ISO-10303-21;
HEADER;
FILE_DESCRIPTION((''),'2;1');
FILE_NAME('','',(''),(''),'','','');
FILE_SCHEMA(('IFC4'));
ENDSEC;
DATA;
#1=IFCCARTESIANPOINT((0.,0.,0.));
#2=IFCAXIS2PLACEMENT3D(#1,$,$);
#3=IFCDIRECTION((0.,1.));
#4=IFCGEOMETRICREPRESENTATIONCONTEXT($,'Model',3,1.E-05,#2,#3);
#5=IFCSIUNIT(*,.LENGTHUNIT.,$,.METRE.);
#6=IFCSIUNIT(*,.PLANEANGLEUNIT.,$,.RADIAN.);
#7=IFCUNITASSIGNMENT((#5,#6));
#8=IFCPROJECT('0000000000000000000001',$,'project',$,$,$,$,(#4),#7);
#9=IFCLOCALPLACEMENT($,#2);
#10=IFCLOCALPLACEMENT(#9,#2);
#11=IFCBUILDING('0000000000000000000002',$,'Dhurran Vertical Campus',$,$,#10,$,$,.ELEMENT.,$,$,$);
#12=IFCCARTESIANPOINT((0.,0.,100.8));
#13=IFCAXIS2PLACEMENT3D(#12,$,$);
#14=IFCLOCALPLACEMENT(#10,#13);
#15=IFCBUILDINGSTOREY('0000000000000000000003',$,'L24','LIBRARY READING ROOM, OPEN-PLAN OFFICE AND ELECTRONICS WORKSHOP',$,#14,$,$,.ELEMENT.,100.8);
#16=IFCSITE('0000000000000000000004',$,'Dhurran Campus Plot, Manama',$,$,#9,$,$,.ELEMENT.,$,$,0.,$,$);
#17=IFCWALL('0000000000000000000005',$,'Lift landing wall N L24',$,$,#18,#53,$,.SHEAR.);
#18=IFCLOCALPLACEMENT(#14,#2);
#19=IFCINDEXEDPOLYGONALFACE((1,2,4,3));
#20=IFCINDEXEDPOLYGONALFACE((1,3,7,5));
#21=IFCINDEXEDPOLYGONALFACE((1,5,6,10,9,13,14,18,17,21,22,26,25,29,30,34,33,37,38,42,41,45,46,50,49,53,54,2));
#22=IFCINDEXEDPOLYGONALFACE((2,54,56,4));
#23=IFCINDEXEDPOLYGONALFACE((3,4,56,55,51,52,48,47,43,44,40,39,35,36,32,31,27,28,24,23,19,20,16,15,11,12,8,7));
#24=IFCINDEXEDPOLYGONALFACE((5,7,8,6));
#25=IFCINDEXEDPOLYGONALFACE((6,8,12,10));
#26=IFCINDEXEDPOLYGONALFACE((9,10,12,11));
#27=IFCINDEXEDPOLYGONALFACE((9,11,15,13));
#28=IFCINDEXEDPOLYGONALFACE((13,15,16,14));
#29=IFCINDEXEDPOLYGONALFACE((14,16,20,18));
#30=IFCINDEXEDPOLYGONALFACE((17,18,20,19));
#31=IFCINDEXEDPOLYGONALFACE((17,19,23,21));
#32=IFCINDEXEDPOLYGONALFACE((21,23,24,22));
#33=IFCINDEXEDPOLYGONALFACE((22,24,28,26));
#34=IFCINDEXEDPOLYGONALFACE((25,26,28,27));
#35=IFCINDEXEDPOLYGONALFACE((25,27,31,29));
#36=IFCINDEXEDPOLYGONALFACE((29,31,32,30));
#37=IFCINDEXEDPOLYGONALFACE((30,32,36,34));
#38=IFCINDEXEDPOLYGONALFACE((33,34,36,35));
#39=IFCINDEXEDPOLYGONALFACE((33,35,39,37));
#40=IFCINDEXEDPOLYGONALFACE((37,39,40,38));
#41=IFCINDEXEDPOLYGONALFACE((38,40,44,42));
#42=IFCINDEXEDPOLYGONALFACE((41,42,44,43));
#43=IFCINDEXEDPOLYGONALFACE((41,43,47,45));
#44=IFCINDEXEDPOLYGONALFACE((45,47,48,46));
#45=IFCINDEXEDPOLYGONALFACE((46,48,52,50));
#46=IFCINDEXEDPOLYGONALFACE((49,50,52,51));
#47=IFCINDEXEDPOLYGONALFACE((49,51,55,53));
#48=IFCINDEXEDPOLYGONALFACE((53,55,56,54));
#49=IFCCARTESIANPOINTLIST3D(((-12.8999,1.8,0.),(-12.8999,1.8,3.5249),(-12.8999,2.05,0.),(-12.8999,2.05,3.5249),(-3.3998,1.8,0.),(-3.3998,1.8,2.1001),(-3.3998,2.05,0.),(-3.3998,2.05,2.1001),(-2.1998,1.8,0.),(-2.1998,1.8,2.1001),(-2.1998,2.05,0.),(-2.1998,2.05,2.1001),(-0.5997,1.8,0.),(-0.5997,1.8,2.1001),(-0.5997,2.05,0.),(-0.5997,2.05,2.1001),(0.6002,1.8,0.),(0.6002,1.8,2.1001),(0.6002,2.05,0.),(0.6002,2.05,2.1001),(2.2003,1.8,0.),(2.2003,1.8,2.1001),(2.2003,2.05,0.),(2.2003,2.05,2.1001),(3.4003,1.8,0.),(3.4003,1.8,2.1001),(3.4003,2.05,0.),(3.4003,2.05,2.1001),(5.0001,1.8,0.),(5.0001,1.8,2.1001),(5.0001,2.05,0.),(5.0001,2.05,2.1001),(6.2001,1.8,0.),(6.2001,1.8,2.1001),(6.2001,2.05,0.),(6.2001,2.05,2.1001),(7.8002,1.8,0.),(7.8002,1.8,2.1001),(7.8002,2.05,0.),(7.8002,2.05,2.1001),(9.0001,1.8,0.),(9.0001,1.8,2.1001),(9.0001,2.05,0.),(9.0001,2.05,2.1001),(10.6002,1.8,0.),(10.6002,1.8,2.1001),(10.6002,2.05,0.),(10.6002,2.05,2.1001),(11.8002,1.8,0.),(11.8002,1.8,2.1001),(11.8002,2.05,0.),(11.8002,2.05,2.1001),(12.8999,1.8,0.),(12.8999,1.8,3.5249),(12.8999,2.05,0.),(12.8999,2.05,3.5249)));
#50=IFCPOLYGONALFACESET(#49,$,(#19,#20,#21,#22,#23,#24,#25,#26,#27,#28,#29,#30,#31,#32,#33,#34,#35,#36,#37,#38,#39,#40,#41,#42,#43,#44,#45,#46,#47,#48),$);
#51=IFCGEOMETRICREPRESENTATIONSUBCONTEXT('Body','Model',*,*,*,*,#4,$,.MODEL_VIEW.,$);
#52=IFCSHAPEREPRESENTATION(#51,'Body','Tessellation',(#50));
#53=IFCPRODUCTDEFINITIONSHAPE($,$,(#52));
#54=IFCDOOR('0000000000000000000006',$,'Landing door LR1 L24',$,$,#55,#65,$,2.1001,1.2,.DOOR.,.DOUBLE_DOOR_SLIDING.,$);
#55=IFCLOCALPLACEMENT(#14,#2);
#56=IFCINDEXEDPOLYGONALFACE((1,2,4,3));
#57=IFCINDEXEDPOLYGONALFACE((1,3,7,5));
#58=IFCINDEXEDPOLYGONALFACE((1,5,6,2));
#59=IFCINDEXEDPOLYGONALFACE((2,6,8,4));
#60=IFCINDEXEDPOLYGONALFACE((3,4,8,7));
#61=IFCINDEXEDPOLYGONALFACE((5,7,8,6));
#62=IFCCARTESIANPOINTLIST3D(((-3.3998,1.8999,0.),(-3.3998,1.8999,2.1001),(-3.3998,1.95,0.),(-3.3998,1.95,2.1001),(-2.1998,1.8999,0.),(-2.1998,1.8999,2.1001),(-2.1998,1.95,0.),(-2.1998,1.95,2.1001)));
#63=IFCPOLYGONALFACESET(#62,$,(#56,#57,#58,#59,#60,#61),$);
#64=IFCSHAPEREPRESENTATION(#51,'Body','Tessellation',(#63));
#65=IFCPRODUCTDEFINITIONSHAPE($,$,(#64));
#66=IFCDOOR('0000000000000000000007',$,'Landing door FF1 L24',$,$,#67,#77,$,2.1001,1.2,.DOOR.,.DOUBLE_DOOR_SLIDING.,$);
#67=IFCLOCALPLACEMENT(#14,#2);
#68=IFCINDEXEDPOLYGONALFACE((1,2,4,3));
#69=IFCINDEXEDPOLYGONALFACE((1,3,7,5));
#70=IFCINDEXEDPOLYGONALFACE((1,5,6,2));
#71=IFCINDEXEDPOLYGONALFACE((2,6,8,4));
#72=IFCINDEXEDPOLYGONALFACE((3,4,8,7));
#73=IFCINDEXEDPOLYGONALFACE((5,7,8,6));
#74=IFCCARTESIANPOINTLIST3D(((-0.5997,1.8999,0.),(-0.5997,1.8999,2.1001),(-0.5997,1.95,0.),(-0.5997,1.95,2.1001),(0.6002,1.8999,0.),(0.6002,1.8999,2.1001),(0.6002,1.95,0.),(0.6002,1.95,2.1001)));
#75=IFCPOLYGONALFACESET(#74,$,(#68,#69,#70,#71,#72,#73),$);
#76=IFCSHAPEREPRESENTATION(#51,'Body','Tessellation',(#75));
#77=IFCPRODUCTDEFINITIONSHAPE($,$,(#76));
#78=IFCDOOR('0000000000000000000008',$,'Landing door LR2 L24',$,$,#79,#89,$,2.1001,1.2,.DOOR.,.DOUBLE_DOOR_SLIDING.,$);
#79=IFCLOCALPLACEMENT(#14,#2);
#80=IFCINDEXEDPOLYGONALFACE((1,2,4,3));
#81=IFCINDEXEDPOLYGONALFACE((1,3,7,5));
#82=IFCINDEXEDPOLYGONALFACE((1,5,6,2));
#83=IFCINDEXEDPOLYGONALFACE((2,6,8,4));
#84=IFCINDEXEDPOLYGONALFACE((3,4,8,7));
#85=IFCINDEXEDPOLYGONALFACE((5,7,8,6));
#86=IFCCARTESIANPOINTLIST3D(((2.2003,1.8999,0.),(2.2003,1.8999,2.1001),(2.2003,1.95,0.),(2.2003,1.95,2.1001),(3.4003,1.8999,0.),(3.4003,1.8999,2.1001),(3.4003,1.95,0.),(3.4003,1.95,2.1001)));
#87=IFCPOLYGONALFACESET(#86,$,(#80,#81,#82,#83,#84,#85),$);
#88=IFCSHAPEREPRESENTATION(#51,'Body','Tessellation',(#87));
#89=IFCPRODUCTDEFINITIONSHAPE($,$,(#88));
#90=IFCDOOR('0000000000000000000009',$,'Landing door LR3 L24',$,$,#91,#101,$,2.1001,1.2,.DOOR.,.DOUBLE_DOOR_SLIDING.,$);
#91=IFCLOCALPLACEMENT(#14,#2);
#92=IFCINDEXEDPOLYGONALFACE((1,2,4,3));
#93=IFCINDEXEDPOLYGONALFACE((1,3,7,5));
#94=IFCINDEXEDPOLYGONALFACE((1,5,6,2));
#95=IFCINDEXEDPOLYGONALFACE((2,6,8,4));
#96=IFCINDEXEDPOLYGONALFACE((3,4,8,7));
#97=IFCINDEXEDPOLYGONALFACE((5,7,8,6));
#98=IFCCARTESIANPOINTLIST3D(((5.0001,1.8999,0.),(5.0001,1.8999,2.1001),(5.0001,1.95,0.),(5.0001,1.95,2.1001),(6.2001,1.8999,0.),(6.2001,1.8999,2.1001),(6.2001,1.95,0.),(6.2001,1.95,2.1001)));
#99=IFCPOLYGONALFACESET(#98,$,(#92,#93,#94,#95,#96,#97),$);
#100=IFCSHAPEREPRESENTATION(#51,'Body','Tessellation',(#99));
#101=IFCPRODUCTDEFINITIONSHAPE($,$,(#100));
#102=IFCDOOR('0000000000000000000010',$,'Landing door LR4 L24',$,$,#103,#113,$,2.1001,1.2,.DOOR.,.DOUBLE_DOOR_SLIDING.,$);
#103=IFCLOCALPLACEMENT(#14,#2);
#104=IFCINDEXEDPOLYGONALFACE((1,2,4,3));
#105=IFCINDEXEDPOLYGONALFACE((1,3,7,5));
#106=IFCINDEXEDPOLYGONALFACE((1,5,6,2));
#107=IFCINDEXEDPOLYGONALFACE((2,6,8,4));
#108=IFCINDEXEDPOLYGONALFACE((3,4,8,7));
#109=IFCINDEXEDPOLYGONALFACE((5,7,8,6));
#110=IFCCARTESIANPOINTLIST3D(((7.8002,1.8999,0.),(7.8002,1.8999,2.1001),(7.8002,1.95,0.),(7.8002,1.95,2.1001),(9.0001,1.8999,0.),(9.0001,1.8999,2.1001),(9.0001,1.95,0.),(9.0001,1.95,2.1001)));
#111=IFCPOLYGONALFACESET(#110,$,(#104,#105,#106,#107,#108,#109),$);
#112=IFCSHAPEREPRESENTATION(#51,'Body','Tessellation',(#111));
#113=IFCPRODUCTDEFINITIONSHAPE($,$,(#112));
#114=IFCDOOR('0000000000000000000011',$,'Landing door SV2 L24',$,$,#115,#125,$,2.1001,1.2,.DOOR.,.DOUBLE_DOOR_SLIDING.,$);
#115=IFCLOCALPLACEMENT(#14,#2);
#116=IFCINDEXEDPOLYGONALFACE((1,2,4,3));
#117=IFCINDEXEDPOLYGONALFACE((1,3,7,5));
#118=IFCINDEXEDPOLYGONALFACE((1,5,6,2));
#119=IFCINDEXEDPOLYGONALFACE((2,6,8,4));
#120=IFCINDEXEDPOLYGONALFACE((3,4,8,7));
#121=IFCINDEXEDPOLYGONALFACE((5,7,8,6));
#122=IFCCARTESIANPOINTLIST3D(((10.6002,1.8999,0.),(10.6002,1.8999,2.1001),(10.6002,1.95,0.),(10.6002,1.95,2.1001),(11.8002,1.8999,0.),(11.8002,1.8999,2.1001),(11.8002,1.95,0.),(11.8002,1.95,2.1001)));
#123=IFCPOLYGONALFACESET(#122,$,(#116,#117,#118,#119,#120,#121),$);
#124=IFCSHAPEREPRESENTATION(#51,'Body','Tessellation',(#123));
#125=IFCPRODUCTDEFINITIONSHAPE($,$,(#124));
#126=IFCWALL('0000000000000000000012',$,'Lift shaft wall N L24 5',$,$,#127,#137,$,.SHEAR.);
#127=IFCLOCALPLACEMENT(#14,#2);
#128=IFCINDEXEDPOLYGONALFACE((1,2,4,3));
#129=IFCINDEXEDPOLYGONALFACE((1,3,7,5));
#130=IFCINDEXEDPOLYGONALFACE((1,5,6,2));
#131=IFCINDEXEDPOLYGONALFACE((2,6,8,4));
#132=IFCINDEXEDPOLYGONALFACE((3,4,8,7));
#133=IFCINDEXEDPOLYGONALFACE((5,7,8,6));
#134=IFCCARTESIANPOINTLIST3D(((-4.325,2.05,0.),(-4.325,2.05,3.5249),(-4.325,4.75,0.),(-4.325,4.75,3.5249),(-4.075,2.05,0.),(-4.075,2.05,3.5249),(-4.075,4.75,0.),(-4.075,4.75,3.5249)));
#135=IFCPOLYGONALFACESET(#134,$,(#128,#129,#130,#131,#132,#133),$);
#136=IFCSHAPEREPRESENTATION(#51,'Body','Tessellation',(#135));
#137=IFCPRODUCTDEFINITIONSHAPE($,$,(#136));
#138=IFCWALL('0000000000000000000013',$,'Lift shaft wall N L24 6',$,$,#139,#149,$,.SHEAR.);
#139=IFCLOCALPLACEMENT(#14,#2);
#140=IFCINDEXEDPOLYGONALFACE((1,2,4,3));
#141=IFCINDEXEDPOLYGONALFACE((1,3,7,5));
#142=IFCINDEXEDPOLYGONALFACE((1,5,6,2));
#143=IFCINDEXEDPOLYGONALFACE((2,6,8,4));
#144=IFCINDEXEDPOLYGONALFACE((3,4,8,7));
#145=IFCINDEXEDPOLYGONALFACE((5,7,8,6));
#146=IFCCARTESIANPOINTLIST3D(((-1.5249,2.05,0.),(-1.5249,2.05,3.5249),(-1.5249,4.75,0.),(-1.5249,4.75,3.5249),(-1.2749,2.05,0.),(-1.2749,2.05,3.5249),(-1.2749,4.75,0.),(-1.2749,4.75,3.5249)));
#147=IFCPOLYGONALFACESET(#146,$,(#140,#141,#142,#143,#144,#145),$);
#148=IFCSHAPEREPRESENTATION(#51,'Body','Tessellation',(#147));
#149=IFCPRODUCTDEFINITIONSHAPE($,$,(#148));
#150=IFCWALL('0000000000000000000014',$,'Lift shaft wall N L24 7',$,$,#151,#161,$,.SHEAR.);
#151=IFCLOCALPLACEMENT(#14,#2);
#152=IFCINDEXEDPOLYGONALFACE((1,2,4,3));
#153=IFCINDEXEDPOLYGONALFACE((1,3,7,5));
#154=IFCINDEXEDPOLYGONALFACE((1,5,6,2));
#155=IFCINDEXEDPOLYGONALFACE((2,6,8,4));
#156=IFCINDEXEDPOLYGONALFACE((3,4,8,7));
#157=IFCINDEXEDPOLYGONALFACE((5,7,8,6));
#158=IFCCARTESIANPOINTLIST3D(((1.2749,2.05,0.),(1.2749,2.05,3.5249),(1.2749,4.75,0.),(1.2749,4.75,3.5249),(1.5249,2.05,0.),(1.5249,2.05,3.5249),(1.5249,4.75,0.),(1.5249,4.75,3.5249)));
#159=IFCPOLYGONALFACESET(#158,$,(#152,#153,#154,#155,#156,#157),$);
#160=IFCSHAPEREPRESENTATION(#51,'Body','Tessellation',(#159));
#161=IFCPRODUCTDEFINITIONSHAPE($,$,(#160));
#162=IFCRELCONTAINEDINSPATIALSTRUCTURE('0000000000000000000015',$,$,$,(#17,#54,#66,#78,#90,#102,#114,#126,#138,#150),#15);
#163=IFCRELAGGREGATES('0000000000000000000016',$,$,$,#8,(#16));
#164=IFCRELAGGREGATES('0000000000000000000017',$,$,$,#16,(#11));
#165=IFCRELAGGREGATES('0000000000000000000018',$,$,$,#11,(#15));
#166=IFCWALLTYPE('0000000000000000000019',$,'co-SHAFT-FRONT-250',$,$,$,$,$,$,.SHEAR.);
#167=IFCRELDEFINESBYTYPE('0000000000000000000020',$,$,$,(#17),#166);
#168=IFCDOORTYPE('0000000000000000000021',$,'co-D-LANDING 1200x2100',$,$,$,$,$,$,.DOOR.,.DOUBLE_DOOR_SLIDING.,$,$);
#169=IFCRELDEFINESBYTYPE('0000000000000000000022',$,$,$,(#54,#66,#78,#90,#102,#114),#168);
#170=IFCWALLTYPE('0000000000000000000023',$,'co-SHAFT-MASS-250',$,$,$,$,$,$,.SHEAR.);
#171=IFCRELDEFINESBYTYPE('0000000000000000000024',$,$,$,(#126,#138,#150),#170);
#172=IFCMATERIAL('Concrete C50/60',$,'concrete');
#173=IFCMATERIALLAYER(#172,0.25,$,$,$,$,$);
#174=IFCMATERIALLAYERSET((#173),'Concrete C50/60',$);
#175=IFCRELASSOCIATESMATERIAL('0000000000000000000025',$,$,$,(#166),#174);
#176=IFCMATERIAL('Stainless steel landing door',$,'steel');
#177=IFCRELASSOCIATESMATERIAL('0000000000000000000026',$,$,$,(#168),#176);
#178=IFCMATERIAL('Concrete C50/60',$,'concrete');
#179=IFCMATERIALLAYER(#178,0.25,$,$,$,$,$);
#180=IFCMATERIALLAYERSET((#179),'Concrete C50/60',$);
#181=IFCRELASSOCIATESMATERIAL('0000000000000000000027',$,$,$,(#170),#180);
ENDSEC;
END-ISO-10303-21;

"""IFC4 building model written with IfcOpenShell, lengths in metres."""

from ifc_helpers import new_model, si_unit, direction, frame, frame_2d, origin, place, context, subcontext, project, spatial, polyline, rectangle, outline, extrude, material, layer, layer_set, type_object, element, fill, save


model = new_model("IFC4")

# Units and contexts
model_context = context("Model", 3, precision=1e-05, world=origin(), true_north=direction((0.0, 1.0)))
body_context = subcontext(model_context, "Body", "Model", "MODEL_VIEW")
ifc_project = project(units=[si_unit("LENGTHUNIT", "METRE"), si_unit("PLANEANGLEUNIT", "RADIAN")], contexts=[model_context])

# Site, building, storey
site_placement = place(None, origin())
site = spatial("IfcSite", under=ifc_project, at=site_placement, Name="Dhurran Campus Plot, Manama", CompositionType="ELEMENT", RefElevation=0.0)
building_placement = place(site_placement, origin())
building = spatial("IfcBuilding", under=site, at=building_placement, Name="Dhurran Vertical Campus", CompositionType="ELEMENT")
storey_placement = place(building_placement, frame((0.0, 0.0, 100.8)))
storey = spatial("IfcBuildingStorey", under=building, at=storey_placement, Name="L24", Description="LIBRARY READING ROOM, OPEN-PLAN OFFICE AND ELECTRONICS WORKSHOP", CompositionType="ELEMENT", Elevation=100.8)

# Wall, openings, doors
ifc_material_1 = material(Name="Concrete C50/60", Category="concrete")
ifc_layer_1 = layer(ifc_material_1, 0.25)
ifc_layer_set_1 = layer_set([ifc_layer_1], Name="Concrete C50/60")
wall_type_1 = type_object("IfcWallType", Name="co-SHAFT-FRONT-250", PredefinedType="SHEAR", material=ifc_layer_set_1)
wall_1_placement = place(storey_placement, frame((-12.8999, 1.925, 0.0), z_axis=(0.0, 0.0, 1.0), x_axis=(1.0, 0.0, 0.0)))
wall_1 = element("IfcWall", 1, at=wall_1_placement, inside=storey, type_object=wall_type_1, Name="Lift landing wall N L24", PredefinedType="SHEAR", context=body_context, shape_type="SweptSolid", body=[
    extrude(rectangle(XDim=25.7998, YDim=0.25, at=frame_2d((12.8999, 0.0))), origin(), (0.0, 0.0, 1.0), 3.5249),
])
opening_1_placement = place(wall_1_placement, frame((9.5, 0.0, 0.0)))
opening_1 = element("IfcOpeningElement", 2, at=opening_1_placement, cuts=wall_1, PredefinedType="OPENING", context=body_context, shape_type="SweptSolid", body=[
    extrude(rectangle(XDim=1.2, YDim=2.1001, at=frame_2d((0.6001, 1.05))), frame((0.0, 0.135, 0.0), z_axis=(0.0, -1.0, 0.0), x_axis=(1.0, 0.0, 0.0)), (0.0, 0.0, 1.0), 0.27),
])
opening_2_placement = place(wall_1_placement, frame((12.3, 0.0, 0.0)))
opening_2 = element("IfcOpeningElement", 3, at=opening_2_placement, cuts=wall_1, PredefinedType="OPENING", context=body_context, shape_type="SweptSolid", body=[
    extrude(rectangle(XDim=1.2, YDim=2.1001, at=frame_2d((0.6001, 1.05))), frame((0.0, 0.135, 0.0), z_axis=(0.0, -1.0, 0.0), x_axis=(1.0, 0.0, 0.0)), (0.0, 0.0, 1.0), 0.27),
])
opening_3_placement = place(wall_1_placement, frame((15.1001, 0.0, 0.0)))
opening_3 = element("IfcOpeningElement", 4, at=opening_3_placement, cuts=wall_1, PredefinedType="OPENING", context=body_context, shape_type="SweptSolid", body=[
    extrude(rectangle(XDim=1.2, YDim=2.1001, at=frame_2d((0.6001, 1.05))), frame((0.0, 0.135, 0.0), z_axis=(0.0, -1.0, 0.0), x_axis=(1.0, 0.0, 0.0)), (0.0, 0.0, 1.0), 0.27),
])
opening_4_placement = place(wall_1_placement, frame((17.8999, 0.0, 0.0)))
opening_4 = element("IfcOpeningElement", 5, at=opening_4_placement, cuts=wall_1, PredefinedType="OPENING", context=body_context, shape_type="SweptSolid", body=[
    extrude(rectangle(XDim=1.2, YDim=2.1001, at=frame_2d((0.6001, 1.05))), frame((0.0, 0.135, 0.0), z_axis=(0.0, -1.0, 0.0), x_axis=(1.0, 0.0, 0.0)), (0.0, 0.0, 1.0), 0.27),
])
opening_5_placement = place(wall_1_placement, frame((20.7, 0.0, 0.0)))
opening_5 = element("IfcOpeningElement", 6, at=opening_5_placement, cuts=wall_1, PredefinedType="OPENING", context=body_context, shape_type="SweptSolid", body=[
    extrude(rectangle(XDim=1.2, YDim=2.1001, at=frame_2d((0.6001, 1.05))), frame((0.0, 0.135, 0.0), z_axis=(0.0, -1.0, 0.0), x_axis=(1.0, 0.0, 0.0)), (0.0, 0.0, 1.0), 0.27),
])
opening_6_placement = place(wall_1_placement, frame((23.5, 0.0, 0.0)))
opening_6 = element("IfcOpeningElement", 7, at=opening_6_placement, cuts=wall_1, PredefinedType="OPENING", context=body_context, shape_type="SweptSolid", body=[
    extrude(rectangle(XDim=1.2, YDim=2.1001, at=frame_2d((0.6001, 1.05))), frame((0.0, 0.135, 0.0), z_axis=(0.0, -1.0, 0.0), x_axis=(1.0, 0.0, 0.0)), (0.0, 0.0, 1.0), 0.27),
])
ifc_material_2 = material(Name="Stainless steel landing door", Category="steel")
door_type_1 = type_object("IfcDoorType", Name="co-D-LANDING 1200x2100", OperationType="DOUBLE_DOOR_SLIDING", PredefinedType="DOOR", material=ifc_material_2)
door_1_placement = place(opening_1_placement, origin())
door_1 = element("IfcDoor", 8, at=door_1_placement, inside=storey, type_object=door_type_1, Name="Landing door LR1 L24", OperationType="DOUBLE_DOOR_SLIDING", OverallHeight=2.1001, OverallWidth=1.2, PredefinedType="DOOR", context=body_context, shape_type="SweptSolid", body=[
    extrude(rectangle(XDim=1.2, YDim=2.1001, at=frame_2d((0.6001, 1.05))), frame((0.0, 0.0249, 0.0), z_axis=(0.0, -1.0, 0.0), x_axis=(1.0, 0.0, 0.0)), (0.0, 0.0, 1.0), 0.05),
])
fill(opening_1, door_1)
door_2_placement = place(opening_2_placement, origin())
door_2 = element("IfcDoor", 9, at=door_2_placement, inside=storey, type_object=door_type_1, Name="Landing door FF1 L24", OperationType="DOUBLE_DOOR_SLIDING", OverallHeight=2.1001, OverallWidth=1.2, PredefinedType="DOOR", context=body_context, shape_type="SweptSolid", body=[
    extrude(rectangle(XDim=1.2, YDim=2.1001, at=frame_2d((0.6001, 1.05))), frame((0.0, 0.0249, 0.0), z_axis=(0.0, -1.0, 0.0), x_axis=(1.0, 0.0, 0.0)), (0.0, 0.0, 1.0), 0.05),
])
fill(opening_2, door_2)
door_3_placement = place(opening_3_placement, origin())
door_3 = element("IfcDoor", 10, at=door_3_placement, inside=storey, type_object=door_type_1, Name="Landing door LR2 L24", OperationType="DOUBLE_DOOR_SLIDING", OverallHeight=2.1001, OverallWidth=1.2, PredefinedType="DOOR", context=body_context, shape_type="SweptSolid", body=[
    extrude(rectangle(XDim=1.2, YDim=2.1001, at=frame_2d((0.6001, 1.05))), frame((0.0, 0.0249, 0.0), z_axis=(0.0, -1.0, 0.0), x_axis=(1.0, 0.0, 0.0)), (0.0, 0.0, 1.0), 0.05),
])
fill(opening_3, door_3)
door_4_placement = place(opening_4_placement, origin())
door_4 = element("IfcDoor", 11, at=door_4_placement, inside=storey, type_object=door_type_1, Name="Landing door LR3 L24", OperationType="DOUBLE_DOOR_SLIDING", OverallHeight=2.1001, OverallWidth=1.2, PredefinedType="DOOR", context=body_context, shape_type="SweptSolid", body=[
    extrude(rectangle(XDim=1.2, YDim=2.1001, at=frame_2d((0.6001, 1.05))), frame((0.0, 0.0249, 0.0), z_axis=(0.0, -1.0, 0.0), x_axis=(1.0, 0.0, 0.0)), (0.0, 0.0, 1.0), 0.05),
])
fill(opening_4, door_4)
door_5_placement = place(opening_5_placement, origin())
door_5 = element("IfcDoor", 12, at=door_5_placement, inside=storey, type_object=door_type_1, Name="Landing door LR4 L24", OperationType="DOUBLE_DOOR_SLIDING", OverallHeight=2.1001, OverallWidth=1.2, PredefinedType="DOOR", context=body_context, shape_type="SweptSolid", body=[
    extrude(rectangle(XDim=1.2, YDim=2.1001, at=frame_2d((0.6001, 1.05))), frame((0.0, 0.0249, 0.0), z_axis=(0.0, -1.0, 0.0), x_axis=(1.0, 0.0, 0.0)), (0.0, 0.0, 1.0), 0.05),
])
fill(opening_5, door_5)
door_6_placement = place(opening_6_placement, origin())
door_6 = element("IfcDoor", 13, at=door_6_placement, inside=storey, type_object=door_type_1, Name="Landing door SV2 L24", OperationType="DOUBLE_DOOR_SLIDING", OverallHeight=2.1001, OverallWidth=1.2, PredefinedType="DOOR", context=body_context, shape_type="SweptSolid", body=[
    extrude(rectangle(XDim=1.2, YDim=2.1001, at=frame_2d((0.6001, 1.05))), frame((0.0, 0.0249, 0.0), z_axis=(0.0, -1.0, 0.0), x_axis=(1.0, 0.0, 0.0)), (0.0, 0.0, 1.0), 0.05),
])
fill(opening_6, door_6)

# Walls
ifc_material_3 = material(Name="Concrete C50/60", Category="concrete")
ifc_layer_2 = layer(ifc_material_3, 0.25)
ifc_layer_set_2 = layer_set([ifc_layer_2], Name="Concrete C50/60")
wall_type_2 = type_object("IfcWallType", Name="co-SHAFT-MASS-250", PredefinedType="SHEAR", material=ifc_layer_set_2)
wall_2_placement = place(storey_placement, origin())
element("IfcWall", 14, at=wall_2_placement, inside=storey, type_object=wall_type_2, Name="Lift shaft wall N L24 5", PredefinedType="SHEAR", context=body_context, shape_type="SweptSolid", body=[
    extrude(outline(polyline([(-4.325, 2.05), (-4.075, 2.05), (-4.075, 4.75), (-4.325, 4.75), (-4.325, 2.05)])), origin(), (0.0, 0.0, 1.0), 3.5249),
])
wall_3_placement = place(storey_placement, origin())
element("IfcWall", 15, at=wall_3_placement, inside=storey, type_object=wall_type_2, Name="Lift shaft wall N L24 6", PredefinedType="SHEAR", context=body_context, shape_type="SweptSolid", body=[
    extrude(outline(polyline([(-1.5249, 2.05), (-1.2749, 2.05), (-1.2749, 4.75), (-1.5249, 4.75), (-1.5249, 2.05)])), origin(), (0.0, 0.0, 1.0), 3.5249),
])
wall_4_placement = place(storey_placement, origin())
element("IfcWall", 16, at=wall_4_placement, inside=storey, type_object=wall_type_2, Name="Lift shaft wall N L24 7", PredefinedType="SHEAR", context=body_context, shape_type="SweptSolid", body=[
    extrude(outline(polyline([(1.2749, 2.05), (1.5249, 2.05), (1.5249, 4.75), (1.2749, 4.75), (1.2749, 2.05)])), origin(), (0.0, 0.0, 1.0), 3.5249),
])

save(model, "model.ifc")
